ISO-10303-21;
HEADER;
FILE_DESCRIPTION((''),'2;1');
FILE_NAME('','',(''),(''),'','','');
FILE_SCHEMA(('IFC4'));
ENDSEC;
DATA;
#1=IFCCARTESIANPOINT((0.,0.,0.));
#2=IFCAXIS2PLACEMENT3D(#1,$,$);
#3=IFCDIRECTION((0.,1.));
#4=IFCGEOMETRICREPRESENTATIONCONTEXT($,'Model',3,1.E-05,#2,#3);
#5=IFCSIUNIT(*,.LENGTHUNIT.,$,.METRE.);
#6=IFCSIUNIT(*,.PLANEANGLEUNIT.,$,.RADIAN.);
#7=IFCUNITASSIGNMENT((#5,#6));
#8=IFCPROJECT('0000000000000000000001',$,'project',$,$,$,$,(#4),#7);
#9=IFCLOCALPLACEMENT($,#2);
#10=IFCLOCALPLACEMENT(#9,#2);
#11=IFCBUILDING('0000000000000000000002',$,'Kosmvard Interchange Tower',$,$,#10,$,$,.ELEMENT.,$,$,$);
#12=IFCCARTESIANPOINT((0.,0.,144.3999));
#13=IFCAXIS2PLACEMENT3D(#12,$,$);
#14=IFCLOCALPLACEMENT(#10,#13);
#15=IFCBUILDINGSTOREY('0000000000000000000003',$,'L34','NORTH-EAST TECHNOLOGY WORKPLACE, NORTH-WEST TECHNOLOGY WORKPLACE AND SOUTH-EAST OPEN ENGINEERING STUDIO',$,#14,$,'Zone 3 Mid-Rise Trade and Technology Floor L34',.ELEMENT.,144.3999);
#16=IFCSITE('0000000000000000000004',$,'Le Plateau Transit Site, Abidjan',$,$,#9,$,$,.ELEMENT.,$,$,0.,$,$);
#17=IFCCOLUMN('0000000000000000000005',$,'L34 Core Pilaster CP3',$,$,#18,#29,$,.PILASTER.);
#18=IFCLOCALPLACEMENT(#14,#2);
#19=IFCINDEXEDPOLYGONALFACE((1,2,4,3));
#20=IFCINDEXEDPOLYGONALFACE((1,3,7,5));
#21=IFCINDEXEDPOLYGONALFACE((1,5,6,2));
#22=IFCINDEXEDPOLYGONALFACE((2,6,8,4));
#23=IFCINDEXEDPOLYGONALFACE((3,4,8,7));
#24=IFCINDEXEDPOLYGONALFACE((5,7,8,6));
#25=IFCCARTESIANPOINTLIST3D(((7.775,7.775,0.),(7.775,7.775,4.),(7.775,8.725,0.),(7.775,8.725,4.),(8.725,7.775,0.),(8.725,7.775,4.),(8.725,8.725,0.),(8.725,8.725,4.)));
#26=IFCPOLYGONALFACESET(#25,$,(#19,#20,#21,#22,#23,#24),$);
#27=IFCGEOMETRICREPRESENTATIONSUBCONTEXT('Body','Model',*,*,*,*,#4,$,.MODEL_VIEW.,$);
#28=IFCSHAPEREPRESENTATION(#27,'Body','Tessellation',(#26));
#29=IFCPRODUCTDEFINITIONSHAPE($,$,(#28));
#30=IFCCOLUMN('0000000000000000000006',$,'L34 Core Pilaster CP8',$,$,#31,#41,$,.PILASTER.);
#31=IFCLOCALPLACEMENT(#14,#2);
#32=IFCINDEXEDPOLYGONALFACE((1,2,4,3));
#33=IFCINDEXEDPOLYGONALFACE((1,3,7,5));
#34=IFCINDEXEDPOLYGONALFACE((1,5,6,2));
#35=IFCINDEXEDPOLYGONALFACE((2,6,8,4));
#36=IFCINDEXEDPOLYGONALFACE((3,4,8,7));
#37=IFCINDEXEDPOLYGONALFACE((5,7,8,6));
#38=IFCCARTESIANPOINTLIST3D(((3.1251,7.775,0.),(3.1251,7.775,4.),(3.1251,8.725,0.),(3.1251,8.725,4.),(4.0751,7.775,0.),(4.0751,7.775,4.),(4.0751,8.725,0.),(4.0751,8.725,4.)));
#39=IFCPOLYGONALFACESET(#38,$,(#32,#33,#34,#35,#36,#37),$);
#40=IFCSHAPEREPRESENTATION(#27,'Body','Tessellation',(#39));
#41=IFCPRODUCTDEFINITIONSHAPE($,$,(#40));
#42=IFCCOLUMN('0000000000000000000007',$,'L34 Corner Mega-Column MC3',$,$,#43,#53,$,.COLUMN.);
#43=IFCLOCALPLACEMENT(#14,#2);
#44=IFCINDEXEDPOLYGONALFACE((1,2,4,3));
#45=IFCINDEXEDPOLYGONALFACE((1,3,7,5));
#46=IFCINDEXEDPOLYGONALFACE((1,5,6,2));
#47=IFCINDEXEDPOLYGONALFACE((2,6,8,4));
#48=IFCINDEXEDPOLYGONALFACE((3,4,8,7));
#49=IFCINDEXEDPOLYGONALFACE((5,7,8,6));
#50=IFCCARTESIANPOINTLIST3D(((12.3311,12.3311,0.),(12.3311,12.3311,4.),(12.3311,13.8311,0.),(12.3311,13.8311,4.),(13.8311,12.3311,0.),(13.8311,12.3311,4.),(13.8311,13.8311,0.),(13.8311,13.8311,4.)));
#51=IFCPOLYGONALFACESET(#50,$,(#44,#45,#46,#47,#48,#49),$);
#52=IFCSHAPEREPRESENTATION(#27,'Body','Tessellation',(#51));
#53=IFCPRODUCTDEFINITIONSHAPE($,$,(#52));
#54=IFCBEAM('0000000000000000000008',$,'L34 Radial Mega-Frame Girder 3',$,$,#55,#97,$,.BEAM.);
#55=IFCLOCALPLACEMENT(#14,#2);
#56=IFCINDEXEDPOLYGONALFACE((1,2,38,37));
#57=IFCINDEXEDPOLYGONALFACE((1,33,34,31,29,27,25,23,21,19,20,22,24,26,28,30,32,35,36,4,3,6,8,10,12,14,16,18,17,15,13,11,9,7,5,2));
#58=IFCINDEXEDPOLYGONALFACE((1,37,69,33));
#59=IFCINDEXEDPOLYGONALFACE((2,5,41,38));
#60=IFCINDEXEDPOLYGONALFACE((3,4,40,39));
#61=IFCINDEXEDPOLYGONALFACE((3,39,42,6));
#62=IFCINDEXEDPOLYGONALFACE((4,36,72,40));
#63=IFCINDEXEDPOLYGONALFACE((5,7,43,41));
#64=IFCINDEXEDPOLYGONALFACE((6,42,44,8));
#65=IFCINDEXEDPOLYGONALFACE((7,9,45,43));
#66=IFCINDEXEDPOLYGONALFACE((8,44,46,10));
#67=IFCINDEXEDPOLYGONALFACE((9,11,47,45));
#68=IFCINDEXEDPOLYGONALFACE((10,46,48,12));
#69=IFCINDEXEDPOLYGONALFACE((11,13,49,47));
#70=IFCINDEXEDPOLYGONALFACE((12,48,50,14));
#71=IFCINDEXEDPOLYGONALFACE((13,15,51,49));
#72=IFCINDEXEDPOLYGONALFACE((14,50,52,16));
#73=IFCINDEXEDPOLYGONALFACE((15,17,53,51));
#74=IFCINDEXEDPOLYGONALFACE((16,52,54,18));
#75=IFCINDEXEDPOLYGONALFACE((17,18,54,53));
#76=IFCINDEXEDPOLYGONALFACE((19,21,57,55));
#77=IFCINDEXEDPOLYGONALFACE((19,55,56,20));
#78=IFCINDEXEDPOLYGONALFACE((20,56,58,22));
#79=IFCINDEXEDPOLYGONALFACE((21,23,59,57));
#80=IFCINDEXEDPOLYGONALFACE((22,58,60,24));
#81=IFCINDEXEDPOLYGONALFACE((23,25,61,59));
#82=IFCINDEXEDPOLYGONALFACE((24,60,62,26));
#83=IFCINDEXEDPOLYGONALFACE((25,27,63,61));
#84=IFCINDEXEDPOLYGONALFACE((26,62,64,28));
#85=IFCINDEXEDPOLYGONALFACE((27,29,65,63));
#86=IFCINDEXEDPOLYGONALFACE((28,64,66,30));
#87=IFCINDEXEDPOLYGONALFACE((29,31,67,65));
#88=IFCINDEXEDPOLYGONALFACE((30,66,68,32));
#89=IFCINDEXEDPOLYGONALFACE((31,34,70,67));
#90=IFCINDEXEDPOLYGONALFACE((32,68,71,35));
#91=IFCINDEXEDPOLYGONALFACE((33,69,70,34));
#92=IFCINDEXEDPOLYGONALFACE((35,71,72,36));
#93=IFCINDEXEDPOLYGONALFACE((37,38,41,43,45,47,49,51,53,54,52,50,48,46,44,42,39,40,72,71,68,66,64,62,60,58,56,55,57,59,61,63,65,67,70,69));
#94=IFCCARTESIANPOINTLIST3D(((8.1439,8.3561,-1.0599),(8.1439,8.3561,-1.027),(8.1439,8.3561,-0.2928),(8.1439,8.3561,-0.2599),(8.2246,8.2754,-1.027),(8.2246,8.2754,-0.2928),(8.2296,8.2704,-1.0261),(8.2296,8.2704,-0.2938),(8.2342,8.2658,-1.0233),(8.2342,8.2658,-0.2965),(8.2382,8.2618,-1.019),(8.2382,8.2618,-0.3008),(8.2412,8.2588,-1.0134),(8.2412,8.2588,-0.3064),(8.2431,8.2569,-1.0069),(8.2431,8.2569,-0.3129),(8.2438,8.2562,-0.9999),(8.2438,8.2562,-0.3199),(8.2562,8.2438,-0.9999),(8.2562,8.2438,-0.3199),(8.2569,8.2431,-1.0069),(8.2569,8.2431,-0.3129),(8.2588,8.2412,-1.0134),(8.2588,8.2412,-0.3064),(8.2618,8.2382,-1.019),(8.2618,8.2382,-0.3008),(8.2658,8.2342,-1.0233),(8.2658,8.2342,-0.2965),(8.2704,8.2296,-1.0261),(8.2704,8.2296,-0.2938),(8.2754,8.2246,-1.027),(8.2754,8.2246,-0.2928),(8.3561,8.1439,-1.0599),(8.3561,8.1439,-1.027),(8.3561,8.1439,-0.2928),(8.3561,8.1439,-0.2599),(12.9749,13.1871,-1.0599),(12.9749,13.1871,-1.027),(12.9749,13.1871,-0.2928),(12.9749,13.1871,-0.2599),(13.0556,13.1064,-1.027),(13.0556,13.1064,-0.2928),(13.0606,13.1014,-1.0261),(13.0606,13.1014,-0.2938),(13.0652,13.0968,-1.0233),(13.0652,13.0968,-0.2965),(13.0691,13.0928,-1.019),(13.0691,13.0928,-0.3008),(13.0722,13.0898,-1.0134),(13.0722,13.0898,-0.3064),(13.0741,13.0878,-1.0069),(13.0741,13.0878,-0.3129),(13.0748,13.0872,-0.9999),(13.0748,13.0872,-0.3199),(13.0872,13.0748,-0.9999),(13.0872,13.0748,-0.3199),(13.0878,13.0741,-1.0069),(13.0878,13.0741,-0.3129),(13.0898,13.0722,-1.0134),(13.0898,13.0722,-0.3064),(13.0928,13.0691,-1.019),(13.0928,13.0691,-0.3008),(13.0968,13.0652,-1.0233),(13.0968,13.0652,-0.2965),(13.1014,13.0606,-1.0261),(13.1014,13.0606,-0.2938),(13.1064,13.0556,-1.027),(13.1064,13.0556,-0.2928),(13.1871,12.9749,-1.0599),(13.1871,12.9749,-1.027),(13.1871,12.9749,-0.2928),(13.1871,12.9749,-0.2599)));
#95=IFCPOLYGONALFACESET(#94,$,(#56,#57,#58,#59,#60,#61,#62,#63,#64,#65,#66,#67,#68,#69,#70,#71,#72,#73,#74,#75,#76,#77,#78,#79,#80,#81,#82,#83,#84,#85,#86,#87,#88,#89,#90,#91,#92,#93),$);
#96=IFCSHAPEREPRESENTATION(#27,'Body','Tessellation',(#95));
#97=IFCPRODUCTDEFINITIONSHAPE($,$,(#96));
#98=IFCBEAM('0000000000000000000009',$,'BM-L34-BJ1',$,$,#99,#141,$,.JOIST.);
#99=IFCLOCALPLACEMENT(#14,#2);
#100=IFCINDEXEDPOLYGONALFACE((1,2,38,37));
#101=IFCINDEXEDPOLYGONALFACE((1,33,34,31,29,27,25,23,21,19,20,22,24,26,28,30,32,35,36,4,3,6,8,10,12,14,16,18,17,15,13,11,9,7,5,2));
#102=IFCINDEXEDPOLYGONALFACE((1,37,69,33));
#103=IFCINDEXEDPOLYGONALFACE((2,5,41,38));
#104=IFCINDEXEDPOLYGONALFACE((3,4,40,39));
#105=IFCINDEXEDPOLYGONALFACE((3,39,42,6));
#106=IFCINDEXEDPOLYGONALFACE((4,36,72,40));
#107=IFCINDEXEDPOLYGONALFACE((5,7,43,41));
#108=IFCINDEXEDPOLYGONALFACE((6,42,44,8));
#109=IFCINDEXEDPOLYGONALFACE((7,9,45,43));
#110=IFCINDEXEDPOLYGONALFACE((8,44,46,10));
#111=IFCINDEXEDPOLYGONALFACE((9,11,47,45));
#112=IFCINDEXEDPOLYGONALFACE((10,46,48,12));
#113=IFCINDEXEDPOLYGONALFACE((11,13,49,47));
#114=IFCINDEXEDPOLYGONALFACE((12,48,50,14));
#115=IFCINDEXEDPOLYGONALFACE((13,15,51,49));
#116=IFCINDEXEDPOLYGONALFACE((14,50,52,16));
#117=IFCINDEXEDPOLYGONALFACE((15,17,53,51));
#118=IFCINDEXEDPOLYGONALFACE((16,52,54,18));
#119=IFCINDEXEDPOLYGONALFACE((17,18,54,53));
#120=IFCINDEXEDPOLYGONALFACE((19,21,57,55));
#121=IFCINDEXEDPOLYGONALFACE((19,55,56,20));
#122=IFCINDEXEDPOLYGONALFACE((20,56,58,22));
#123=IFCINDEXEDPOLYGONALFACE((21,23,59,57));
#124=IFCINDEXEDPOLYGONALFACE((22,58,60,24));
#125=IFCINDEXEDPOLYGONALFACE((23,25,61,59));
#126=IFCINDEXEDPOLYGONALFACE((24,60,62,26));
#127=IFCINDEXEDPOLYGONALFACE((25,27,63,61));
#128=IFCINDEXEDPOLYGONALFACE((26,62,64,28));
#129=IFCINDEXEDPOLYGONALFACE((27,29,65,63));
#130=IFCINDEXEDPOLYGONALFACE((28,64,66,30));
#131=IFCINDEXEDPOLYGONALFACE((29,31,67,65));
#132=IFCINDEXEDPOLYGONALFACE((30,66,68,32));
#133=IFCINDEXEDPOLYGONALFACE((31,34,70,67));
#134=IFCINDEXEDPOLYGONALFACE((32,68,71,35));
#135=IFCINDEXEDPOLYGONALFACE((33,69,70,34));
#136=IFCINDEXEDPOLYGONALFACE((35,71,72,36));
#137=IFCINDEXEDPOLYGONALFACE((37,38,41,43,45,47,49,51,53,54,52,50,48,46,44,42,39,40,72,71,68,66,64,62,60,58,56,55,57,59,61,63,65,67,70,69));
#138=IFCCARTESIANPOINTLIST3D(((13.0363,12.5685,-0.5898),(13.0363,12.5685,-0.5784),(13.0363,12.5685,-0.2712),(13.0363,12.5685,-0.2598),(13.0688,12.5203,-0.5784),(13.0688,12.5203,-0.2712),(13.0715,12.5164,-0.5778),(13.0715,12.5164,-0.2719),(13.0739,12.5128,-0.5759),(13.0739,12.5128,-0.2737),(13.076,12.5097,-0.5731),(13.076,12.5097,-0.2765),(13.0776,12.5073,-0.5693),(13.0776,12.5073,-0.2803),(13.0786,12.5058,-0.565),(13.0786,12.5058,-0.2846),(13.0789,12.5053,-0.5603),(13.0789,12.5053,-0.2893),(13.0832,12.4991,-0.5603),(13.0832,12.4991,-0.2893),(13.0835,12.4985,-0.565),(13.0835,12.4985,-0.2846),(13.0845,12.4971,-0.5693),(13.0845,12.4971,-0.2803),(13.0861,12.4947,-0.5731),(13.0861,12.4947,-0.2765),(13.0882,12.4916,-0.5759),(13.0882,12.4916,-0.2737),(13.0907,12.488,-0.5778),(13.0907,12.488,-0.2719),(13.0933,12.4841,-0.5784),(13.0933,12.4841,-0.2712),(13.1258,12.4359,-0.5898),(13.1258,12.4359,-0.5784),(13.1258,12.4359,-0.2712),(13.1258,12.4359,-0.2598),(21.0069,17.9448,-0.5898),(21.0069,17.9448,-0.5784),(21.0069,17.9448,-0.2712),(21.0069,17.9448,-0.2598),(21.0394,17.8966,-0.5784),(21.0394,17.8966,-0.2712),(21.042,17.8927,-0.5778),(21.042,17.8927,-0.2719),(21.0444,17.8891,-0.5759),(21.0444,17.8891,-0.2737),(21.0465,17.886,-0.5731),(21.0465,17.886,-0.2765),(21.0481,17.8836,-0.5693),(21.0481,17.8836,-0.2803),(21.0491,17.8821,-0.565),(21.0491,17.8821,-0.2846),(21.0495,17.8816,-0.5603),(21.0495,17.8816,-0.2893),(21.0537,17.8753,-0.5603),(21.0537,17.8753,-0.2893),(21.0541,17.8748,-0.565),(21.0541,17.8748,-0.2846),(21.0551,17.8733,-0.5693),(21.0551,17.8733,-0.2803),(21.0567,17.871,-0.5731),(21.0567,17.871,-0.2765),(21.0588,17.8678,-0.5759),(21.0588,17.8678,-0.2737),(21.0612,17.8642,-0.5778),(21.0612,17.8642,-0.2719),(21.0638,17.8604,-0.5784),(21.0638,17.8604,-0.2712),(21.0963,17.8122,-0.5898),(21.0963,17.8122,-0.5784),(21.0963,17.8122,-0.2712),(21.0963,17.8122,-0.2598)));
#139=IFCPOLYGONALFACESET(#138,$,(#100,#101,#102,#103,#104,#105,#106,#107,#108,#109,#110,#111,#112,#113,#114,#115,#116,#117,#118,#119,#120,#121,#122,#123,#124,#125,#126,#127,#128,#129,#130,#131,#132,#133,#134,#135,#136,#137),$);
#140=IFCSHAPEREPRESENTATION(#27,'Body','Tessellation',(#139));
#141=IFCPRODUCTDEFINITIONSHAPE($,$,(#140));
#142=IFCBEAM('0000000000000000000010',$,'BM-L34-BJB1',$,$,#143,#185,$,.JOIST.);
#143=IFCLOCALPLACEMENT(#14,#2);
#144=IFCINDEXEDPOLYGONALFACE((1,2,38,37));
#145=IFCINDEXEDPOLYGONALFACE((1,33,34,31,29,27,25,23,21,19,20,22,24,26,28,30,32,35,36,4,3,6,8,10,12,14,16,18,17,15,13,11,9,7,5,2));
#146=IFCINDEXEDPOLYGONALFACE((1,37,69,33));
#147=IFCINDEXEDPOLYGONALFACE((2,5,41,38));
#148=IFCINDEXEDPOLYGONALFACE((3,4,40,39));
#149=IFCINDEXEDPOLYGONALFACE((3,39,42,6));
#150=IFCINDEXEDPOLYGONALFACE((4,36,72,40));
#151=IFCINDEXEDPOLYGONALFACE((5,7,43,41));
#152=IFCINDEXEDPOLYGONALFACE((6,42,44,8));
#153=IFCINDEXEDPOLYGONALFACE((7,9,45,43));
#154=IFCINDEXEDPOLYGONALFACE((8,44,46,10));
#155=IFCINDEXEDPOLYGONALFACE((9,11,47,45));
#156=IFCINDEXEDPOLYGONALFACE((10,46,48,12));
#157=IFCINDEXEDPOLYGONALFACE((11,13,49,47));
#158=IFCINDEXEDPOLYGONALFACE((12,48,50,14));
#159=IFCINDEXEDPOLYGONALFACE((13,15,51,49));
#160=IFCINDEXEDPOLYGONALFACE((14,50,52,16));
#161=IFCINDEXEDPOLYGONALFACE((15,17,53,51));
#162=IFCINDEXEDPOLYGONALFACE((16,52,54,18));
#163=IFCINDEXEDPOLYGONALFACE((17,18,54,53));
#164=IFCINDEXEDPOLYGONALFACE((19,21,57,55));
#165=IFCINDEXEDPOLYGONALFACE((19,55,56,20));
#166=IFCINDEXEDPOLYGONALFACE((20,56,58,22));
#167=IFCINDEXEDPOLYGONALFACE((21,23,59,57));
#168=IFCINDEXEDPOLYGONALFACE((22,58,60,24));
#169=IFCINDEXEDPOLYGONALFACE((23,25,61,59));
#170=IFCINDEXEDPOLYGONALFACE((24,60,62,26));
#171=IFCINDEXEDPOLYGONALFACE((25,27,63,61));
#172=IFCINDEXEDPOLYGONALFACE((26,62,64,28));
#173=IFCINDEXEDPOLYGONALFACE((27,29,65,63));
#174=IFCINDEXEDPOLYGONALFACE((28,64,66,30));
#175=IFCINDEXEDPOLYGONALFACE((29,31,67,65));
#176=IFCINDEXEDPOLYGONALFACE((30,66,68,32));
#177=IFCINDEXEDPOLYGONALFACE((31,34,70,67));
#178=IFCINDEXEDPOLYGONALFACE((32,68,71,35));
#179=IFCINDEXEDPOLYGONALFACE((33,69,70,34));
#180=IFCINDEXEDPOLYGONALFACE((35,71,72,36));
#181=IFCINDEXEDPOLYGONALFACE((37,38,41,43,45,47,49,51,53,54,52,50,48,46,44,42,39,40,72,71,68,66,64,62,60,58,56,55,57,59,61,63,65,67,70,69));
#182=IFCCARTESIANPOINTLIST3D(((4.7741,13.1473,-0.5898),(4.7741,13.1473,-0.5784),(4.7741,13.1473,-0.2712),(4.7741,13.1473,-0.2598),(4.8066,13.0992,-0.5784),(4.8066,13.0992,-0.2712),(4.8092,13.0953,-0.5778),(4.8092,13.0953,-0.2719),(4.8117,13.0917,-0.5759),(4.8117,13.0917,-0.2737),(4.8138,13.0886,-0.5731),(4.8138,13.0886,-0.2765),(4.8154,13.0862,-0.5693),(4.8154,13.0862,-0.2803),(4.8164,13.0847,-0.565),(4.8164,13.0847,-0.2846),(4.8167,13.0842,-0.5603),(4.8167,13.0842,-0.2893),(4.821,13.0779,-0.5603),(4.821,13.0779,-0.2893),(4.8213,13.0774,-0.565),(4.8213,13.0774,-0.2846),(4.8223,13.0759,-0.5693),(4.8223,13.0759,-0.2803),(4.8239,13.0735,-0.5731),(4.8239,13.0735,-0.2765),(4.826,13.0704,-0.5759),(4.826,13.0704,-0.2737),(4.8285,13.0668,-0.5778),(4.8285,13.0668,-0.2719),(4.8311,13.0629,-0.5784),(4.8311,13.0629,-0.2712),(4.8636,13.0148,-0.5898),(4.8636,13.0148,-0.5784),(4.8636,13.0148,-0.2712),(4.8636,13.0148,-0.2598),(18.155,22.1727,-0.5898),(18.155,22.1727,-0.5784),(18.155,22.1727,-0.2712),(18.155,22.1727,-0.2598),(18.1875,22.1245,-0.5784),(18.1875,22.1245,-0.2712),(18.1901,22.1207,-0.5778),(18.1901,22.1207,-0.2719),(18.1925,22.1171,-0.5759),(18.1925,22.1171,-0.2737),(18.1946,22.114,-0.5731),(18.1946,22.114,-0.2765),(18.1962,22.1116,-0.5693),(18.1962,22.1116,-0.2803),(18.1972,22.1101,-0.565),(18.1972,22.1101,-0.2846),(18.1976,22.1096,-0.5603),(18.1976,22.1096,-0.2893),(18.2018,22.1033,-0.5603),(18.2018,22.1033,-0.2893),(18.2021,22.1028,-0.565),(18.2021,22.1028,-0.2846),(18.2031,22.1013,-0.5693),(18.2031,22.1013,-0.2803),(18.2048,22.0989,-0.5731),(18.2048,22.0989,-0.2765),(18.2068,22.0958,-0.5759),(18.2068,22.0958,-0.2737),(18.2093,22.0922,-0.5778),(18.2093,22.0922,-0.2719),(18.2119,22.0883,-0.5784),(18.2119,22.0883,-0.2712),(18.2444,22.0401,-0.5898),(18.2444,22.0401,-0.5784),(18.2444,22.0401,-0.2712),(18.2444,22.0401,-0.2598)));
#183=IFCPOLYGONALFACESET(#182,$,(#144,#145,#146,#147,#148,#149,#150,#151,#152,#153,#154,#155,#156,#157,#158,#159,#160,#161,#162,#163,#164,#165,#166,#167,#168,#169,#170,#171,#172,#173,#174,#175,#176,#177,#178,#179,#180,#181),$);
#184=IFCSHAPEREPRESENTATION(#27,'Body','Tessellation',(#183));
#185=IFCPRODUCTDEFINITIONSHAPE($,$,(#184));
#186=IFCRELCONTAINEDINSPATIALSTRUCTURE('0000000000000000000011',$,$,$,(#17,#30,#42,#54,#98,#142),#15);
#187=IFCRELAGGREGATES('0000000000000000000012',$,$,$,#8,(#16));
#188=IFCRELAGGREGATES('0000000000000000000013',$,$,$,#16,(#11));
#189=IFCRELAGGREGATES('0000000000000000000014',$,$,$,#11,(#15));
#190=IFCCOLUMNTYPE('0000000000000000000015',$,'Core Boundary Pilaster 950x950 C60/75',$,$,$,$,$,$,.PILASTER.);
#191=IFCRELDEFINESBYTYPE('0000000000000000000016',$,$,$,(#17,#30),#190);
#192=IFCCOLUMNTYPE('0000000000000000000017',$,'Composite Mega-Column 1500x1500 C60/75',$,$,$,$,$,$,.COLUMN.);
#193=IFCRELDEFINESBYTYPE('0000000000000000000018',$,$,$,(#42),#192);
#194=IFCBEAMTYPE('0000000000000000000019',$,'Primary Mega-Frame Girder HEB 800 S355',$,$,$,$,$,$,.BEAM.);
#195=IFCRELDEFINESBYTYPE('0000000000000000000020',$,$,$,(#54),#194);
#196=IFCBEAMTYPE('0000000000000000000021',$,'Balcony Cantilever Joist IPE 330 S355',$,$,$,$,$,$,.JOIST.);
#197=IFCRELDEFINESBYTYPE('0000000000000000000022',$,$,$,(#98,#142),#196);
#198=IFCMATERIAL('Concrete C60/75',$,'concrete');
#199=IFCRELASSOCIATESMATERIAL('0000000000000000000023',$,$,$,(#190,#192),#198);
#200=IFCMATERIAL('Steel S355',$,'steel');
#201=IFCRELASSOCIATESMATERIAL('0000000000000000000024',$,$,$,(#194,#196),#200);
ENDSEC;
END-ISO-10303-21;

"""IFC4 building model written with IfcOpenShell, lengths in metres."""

from ifc_helpers import new_model, si_unit, direction, frame, origin, origin_2d, place, context, subcontext, project, spatial, rectangle, i_section, extrude, source, transform, mapped, material, material_profile, profile_set, type_object, element, save


model = new_model("IFC4")

# Units and contexts
model_context = context("Model", 3, precision=1e-05, world=origin(), true_north=direction((0.0, 1.0)))
body_context = subcontext(model_context, "Body", "Model", "MODEL_VIEW")
ifc_project = project(units=[si_unit("LENGTHUNIT", "METRE"), si_unit("PLANEANGLEUNIT", "RADIAN")], contexts=[model_context])

# Site, building, storey
site_placement = place(None, origin())
site = spatial("IfcSite", under=ifc_project, at=site_placement, Name="Le Plateau Transit Site, Abidjan", CompositionType="ELEMENT", RefElevation=0.0)
building_placement = place(site_placement, origin())
building = spatial("IfcBuilding", under=site, at=building_placement, Name="Kosmvard Interchange Tower", CompositionType="ELEMENT")
storey_placement = place(building_placement, frame((0.0, 0.0, 144.3999)))
storey = spatial("IfcBuildingStorey", under=building, at=storey_placement, Name="L34", Description="NORTH-EAST TECHNOLOGY WORKPLACE, NORTH-WEST TECHNOLOGY WORKPLACE AND SOUTH-EAST OPEN ENGINEERING STUDIO", LongName="Zone 3 Mid-Rise Trade and Technology Floor L34", CompositionType="ELEMENT", Elevation=144.3999)

# Columns
ifc_material_1 = material(Name="Concrete C60/75", Category="concrete")
ifc_material_profile_1 = material_profile(ifc_material_1, rectangle(XDim=0.95, YDim=0.95, at=origin_2d()), Name="CP 950x950")
ifc_profile_set_1 = profile_set([ifc_material_profile_1], Name="Concrete C60/75")
column_type_1 = type_object("IfcColumnType", Name="Core Boundary Pilaster 950x950 C60/75", PredefinedType="PILASTER", material=ifc_profile_set_1)
shared_shape_1 = source(origin(), body_context, "Body", "SweptSolid", [
    extrude(rectangle(XDim=0.95, YDim=0.95, at=origin_2d()), origin(), (0.0, 0.0, 1.0), 4.0),
])
for number, where, z_axis, x_axis, name in (
    (1, (8.25, 8.25, 0.0), (0.0, 0.0, 1.0), (1.0, 0.0, 0.0), "L34 Core Pilaster CP3"),
    (2, (3.6001, 8.25, 0.0), (0.0, 0.0, 1.0), (1.0, 0.0, 0.0), "L34 Core Pilaster CP8"),
):
    element("IfcColumn", number, at=place(storey_placement, frame(where, z_axis=z_axis, x_axis=x_axis)), inside=storey, type_object=column_type_1, Name=name, PredefinedType="PILASTER", context=body_context, shape_type="MappedRepresentation", body=[
        mapped(shared_shape_1, transform((0.0, 0.0, 0.0), scale=1.0)),
    ])
ifc_material_profile_2 = material_profile(ifc_material_1, rectangle(XDim=1.5, YDim=1.5, at=origin_2d()), Name="MC 1500x1500")
ifc_profile_set_2 = profile_set([ifc_material_profile_2], Name="Concrete C60/75")
column_type_2 = type_object("IfcColumnType", Name="Composite Mega-Column 1500x1500 C60/75", PredefinedType="COLUMN", material=ifc_profile_set_2)
shared_shape_2 = source(origin(), body_context, "Body", "SweptSolid", [
    extrude(rectangle(XDim=1.5, YDim=1.5, at=origin_2d()), origin(), (0.0, 0.0, 1.0), 4.0),
])
column_placement = place(storey_placement, frame((13.0811, 13.0811, 0.0), z_axis=(0.0, 0.0, 1.0), x_axis=(1.0, 0.0, 0.0)))
element("IfcColumn", 3, at=column_placement, inside=storey, type_object=column_type_2, Name="L34 Corner Mega-Column MC3", PredefinedType="COLUMN", context=body_context, shape_type="MappedRepresentation", body=[
    mapped(shared_shape_2, transform((0.0, 0.0, 0.0), scale=1.0)),
])

# Beams
ifc_material_2 = material(Name="Steel S355", Category="steel")
ifc_material_profile_3 = material_profile(ifc_material_2, i_section(OverallWidth=0.3, OverallDepth=0.8, WebThickness=0.0176, FlangeThickness=0.033, FilletRadius=0.0271, at=origin_2d()), Name="HEB 800")
ifc_profile_set_3 = profile_set([ifc_material_profile_3], Name="Steel S355")
beam_type_1 = type_object("IfcBeamType", Name="Primary Mega-Frame Girder HEB 800 S355", PredefinedType="BEAM", material=ifc_profile_set_3)
shared_shape_3 = source(origin(), body_context, "Body", "SweptSolid", [
    extrude(i_section(OverallWidth=0.3, OverallDepth=0.8, WebThickness=0.0176, FlangeThickness=0.033, FilletRadius=0.0271, at=origin_2d()), origin(), (0.0, 0.0, 1.0), 6.832),
])
beam_1_placement = place(storey_placement, frame((8.25, 8.25, -0.6599), z_axis=(0.707107, 0.707107, 0.0), x_axis=(-0.707107, 0.707107, 0.0)))
element("IfcBeam", 4, at=beam_1_placement, inside=storey, type_object=beam_type_1, Name="L34 Radial Mega-Frame Girder 3", PredefinedType="BEAM", context=body_context, shape_type="MappedRepresentation", body=[
    mapped(shared_shape_3, transform((0.0, 0.0, 0.0), scale=1.0)),
])
ifc_material_profile_4 = material_profile(ifc_material_2, i_section(OverallWidth=0.1599, OverallDepth=0.3301, WebThickness=0.0076, FlangeThickness=0.0115, FilletRadius=0.0181, at=origin_2d()), Name="IPE 330")
ifc_profile_set_4 = profile_set([ifc_material_profile_4], Name="Steel S355")
beam_type_2 = type_object("IfcBeamType", Name="Balcony Cantilever Joist IPE 330 S355", PredefinedType="JOIST", material=ifc_profile_set_4)
shared_shape_4 = source(origin(), body_context, "Body", "SweptSolid", [
    extrude(i_section(OverallWidth=0.1599, OverallDepth=0.3301, WebThickness=0.0076, FlangeThickness=0.0115, FilletRadius=0.0181, at=origin_2d()), origin(), (0.0, 0.0, 1.0), 9.6143),
])
beam_2_placement = place(storey_placement, frame((13.0811, 12.5022, -0.4248), z_axis=(0.829034, 0.559198, 0.0), x_axis=(-0.559198, 0.829034, 0.0)))
element("IfcBeam", 5, at=beam_2_placement, inside=storey, type_object=beam_type_2, Name="BM-L34-BJ1", PredefinedType="JOIST", context=body_context, shape_type="MappedRepresentation", body=[
    mapped(shared_shape_4, transform((0.0, 0.0, 0.0), scale=1.0)),
])
shared_shape_5 = source(origin(), body_context, "Body", "SweptSolid", [
    extrude(i_section(OverallWidth=0.1599, OverallDepth=0.3301, WebThickness=0.0076, FlangeThickness=0.0115, FilletRadius=0.0181, at=origin_2d()), origin(), (0.0, 0.0, 1.0), 16.1401),
])
beam_3_placement = place(storey_placement, frame((4.8188, 13.0811, -0.4248), z_axis=(0.829041, 0.559188, 0.0), x_axis=(-0.559188, 0.829041, 0.0)))
element("IfcBeam", 6, at=beam_3_placement, inside=storey, type_object=beam_type_2, Name="BM-L34-BJB1", PredefinedType="JOIST", context=body_context, shape_type="MappedRepresentation", body=[
    mapped(shared_shape_5, transform((0.0, 0.0, 0.0), scale=1.0)),
])

save(model, "model.ifc")
